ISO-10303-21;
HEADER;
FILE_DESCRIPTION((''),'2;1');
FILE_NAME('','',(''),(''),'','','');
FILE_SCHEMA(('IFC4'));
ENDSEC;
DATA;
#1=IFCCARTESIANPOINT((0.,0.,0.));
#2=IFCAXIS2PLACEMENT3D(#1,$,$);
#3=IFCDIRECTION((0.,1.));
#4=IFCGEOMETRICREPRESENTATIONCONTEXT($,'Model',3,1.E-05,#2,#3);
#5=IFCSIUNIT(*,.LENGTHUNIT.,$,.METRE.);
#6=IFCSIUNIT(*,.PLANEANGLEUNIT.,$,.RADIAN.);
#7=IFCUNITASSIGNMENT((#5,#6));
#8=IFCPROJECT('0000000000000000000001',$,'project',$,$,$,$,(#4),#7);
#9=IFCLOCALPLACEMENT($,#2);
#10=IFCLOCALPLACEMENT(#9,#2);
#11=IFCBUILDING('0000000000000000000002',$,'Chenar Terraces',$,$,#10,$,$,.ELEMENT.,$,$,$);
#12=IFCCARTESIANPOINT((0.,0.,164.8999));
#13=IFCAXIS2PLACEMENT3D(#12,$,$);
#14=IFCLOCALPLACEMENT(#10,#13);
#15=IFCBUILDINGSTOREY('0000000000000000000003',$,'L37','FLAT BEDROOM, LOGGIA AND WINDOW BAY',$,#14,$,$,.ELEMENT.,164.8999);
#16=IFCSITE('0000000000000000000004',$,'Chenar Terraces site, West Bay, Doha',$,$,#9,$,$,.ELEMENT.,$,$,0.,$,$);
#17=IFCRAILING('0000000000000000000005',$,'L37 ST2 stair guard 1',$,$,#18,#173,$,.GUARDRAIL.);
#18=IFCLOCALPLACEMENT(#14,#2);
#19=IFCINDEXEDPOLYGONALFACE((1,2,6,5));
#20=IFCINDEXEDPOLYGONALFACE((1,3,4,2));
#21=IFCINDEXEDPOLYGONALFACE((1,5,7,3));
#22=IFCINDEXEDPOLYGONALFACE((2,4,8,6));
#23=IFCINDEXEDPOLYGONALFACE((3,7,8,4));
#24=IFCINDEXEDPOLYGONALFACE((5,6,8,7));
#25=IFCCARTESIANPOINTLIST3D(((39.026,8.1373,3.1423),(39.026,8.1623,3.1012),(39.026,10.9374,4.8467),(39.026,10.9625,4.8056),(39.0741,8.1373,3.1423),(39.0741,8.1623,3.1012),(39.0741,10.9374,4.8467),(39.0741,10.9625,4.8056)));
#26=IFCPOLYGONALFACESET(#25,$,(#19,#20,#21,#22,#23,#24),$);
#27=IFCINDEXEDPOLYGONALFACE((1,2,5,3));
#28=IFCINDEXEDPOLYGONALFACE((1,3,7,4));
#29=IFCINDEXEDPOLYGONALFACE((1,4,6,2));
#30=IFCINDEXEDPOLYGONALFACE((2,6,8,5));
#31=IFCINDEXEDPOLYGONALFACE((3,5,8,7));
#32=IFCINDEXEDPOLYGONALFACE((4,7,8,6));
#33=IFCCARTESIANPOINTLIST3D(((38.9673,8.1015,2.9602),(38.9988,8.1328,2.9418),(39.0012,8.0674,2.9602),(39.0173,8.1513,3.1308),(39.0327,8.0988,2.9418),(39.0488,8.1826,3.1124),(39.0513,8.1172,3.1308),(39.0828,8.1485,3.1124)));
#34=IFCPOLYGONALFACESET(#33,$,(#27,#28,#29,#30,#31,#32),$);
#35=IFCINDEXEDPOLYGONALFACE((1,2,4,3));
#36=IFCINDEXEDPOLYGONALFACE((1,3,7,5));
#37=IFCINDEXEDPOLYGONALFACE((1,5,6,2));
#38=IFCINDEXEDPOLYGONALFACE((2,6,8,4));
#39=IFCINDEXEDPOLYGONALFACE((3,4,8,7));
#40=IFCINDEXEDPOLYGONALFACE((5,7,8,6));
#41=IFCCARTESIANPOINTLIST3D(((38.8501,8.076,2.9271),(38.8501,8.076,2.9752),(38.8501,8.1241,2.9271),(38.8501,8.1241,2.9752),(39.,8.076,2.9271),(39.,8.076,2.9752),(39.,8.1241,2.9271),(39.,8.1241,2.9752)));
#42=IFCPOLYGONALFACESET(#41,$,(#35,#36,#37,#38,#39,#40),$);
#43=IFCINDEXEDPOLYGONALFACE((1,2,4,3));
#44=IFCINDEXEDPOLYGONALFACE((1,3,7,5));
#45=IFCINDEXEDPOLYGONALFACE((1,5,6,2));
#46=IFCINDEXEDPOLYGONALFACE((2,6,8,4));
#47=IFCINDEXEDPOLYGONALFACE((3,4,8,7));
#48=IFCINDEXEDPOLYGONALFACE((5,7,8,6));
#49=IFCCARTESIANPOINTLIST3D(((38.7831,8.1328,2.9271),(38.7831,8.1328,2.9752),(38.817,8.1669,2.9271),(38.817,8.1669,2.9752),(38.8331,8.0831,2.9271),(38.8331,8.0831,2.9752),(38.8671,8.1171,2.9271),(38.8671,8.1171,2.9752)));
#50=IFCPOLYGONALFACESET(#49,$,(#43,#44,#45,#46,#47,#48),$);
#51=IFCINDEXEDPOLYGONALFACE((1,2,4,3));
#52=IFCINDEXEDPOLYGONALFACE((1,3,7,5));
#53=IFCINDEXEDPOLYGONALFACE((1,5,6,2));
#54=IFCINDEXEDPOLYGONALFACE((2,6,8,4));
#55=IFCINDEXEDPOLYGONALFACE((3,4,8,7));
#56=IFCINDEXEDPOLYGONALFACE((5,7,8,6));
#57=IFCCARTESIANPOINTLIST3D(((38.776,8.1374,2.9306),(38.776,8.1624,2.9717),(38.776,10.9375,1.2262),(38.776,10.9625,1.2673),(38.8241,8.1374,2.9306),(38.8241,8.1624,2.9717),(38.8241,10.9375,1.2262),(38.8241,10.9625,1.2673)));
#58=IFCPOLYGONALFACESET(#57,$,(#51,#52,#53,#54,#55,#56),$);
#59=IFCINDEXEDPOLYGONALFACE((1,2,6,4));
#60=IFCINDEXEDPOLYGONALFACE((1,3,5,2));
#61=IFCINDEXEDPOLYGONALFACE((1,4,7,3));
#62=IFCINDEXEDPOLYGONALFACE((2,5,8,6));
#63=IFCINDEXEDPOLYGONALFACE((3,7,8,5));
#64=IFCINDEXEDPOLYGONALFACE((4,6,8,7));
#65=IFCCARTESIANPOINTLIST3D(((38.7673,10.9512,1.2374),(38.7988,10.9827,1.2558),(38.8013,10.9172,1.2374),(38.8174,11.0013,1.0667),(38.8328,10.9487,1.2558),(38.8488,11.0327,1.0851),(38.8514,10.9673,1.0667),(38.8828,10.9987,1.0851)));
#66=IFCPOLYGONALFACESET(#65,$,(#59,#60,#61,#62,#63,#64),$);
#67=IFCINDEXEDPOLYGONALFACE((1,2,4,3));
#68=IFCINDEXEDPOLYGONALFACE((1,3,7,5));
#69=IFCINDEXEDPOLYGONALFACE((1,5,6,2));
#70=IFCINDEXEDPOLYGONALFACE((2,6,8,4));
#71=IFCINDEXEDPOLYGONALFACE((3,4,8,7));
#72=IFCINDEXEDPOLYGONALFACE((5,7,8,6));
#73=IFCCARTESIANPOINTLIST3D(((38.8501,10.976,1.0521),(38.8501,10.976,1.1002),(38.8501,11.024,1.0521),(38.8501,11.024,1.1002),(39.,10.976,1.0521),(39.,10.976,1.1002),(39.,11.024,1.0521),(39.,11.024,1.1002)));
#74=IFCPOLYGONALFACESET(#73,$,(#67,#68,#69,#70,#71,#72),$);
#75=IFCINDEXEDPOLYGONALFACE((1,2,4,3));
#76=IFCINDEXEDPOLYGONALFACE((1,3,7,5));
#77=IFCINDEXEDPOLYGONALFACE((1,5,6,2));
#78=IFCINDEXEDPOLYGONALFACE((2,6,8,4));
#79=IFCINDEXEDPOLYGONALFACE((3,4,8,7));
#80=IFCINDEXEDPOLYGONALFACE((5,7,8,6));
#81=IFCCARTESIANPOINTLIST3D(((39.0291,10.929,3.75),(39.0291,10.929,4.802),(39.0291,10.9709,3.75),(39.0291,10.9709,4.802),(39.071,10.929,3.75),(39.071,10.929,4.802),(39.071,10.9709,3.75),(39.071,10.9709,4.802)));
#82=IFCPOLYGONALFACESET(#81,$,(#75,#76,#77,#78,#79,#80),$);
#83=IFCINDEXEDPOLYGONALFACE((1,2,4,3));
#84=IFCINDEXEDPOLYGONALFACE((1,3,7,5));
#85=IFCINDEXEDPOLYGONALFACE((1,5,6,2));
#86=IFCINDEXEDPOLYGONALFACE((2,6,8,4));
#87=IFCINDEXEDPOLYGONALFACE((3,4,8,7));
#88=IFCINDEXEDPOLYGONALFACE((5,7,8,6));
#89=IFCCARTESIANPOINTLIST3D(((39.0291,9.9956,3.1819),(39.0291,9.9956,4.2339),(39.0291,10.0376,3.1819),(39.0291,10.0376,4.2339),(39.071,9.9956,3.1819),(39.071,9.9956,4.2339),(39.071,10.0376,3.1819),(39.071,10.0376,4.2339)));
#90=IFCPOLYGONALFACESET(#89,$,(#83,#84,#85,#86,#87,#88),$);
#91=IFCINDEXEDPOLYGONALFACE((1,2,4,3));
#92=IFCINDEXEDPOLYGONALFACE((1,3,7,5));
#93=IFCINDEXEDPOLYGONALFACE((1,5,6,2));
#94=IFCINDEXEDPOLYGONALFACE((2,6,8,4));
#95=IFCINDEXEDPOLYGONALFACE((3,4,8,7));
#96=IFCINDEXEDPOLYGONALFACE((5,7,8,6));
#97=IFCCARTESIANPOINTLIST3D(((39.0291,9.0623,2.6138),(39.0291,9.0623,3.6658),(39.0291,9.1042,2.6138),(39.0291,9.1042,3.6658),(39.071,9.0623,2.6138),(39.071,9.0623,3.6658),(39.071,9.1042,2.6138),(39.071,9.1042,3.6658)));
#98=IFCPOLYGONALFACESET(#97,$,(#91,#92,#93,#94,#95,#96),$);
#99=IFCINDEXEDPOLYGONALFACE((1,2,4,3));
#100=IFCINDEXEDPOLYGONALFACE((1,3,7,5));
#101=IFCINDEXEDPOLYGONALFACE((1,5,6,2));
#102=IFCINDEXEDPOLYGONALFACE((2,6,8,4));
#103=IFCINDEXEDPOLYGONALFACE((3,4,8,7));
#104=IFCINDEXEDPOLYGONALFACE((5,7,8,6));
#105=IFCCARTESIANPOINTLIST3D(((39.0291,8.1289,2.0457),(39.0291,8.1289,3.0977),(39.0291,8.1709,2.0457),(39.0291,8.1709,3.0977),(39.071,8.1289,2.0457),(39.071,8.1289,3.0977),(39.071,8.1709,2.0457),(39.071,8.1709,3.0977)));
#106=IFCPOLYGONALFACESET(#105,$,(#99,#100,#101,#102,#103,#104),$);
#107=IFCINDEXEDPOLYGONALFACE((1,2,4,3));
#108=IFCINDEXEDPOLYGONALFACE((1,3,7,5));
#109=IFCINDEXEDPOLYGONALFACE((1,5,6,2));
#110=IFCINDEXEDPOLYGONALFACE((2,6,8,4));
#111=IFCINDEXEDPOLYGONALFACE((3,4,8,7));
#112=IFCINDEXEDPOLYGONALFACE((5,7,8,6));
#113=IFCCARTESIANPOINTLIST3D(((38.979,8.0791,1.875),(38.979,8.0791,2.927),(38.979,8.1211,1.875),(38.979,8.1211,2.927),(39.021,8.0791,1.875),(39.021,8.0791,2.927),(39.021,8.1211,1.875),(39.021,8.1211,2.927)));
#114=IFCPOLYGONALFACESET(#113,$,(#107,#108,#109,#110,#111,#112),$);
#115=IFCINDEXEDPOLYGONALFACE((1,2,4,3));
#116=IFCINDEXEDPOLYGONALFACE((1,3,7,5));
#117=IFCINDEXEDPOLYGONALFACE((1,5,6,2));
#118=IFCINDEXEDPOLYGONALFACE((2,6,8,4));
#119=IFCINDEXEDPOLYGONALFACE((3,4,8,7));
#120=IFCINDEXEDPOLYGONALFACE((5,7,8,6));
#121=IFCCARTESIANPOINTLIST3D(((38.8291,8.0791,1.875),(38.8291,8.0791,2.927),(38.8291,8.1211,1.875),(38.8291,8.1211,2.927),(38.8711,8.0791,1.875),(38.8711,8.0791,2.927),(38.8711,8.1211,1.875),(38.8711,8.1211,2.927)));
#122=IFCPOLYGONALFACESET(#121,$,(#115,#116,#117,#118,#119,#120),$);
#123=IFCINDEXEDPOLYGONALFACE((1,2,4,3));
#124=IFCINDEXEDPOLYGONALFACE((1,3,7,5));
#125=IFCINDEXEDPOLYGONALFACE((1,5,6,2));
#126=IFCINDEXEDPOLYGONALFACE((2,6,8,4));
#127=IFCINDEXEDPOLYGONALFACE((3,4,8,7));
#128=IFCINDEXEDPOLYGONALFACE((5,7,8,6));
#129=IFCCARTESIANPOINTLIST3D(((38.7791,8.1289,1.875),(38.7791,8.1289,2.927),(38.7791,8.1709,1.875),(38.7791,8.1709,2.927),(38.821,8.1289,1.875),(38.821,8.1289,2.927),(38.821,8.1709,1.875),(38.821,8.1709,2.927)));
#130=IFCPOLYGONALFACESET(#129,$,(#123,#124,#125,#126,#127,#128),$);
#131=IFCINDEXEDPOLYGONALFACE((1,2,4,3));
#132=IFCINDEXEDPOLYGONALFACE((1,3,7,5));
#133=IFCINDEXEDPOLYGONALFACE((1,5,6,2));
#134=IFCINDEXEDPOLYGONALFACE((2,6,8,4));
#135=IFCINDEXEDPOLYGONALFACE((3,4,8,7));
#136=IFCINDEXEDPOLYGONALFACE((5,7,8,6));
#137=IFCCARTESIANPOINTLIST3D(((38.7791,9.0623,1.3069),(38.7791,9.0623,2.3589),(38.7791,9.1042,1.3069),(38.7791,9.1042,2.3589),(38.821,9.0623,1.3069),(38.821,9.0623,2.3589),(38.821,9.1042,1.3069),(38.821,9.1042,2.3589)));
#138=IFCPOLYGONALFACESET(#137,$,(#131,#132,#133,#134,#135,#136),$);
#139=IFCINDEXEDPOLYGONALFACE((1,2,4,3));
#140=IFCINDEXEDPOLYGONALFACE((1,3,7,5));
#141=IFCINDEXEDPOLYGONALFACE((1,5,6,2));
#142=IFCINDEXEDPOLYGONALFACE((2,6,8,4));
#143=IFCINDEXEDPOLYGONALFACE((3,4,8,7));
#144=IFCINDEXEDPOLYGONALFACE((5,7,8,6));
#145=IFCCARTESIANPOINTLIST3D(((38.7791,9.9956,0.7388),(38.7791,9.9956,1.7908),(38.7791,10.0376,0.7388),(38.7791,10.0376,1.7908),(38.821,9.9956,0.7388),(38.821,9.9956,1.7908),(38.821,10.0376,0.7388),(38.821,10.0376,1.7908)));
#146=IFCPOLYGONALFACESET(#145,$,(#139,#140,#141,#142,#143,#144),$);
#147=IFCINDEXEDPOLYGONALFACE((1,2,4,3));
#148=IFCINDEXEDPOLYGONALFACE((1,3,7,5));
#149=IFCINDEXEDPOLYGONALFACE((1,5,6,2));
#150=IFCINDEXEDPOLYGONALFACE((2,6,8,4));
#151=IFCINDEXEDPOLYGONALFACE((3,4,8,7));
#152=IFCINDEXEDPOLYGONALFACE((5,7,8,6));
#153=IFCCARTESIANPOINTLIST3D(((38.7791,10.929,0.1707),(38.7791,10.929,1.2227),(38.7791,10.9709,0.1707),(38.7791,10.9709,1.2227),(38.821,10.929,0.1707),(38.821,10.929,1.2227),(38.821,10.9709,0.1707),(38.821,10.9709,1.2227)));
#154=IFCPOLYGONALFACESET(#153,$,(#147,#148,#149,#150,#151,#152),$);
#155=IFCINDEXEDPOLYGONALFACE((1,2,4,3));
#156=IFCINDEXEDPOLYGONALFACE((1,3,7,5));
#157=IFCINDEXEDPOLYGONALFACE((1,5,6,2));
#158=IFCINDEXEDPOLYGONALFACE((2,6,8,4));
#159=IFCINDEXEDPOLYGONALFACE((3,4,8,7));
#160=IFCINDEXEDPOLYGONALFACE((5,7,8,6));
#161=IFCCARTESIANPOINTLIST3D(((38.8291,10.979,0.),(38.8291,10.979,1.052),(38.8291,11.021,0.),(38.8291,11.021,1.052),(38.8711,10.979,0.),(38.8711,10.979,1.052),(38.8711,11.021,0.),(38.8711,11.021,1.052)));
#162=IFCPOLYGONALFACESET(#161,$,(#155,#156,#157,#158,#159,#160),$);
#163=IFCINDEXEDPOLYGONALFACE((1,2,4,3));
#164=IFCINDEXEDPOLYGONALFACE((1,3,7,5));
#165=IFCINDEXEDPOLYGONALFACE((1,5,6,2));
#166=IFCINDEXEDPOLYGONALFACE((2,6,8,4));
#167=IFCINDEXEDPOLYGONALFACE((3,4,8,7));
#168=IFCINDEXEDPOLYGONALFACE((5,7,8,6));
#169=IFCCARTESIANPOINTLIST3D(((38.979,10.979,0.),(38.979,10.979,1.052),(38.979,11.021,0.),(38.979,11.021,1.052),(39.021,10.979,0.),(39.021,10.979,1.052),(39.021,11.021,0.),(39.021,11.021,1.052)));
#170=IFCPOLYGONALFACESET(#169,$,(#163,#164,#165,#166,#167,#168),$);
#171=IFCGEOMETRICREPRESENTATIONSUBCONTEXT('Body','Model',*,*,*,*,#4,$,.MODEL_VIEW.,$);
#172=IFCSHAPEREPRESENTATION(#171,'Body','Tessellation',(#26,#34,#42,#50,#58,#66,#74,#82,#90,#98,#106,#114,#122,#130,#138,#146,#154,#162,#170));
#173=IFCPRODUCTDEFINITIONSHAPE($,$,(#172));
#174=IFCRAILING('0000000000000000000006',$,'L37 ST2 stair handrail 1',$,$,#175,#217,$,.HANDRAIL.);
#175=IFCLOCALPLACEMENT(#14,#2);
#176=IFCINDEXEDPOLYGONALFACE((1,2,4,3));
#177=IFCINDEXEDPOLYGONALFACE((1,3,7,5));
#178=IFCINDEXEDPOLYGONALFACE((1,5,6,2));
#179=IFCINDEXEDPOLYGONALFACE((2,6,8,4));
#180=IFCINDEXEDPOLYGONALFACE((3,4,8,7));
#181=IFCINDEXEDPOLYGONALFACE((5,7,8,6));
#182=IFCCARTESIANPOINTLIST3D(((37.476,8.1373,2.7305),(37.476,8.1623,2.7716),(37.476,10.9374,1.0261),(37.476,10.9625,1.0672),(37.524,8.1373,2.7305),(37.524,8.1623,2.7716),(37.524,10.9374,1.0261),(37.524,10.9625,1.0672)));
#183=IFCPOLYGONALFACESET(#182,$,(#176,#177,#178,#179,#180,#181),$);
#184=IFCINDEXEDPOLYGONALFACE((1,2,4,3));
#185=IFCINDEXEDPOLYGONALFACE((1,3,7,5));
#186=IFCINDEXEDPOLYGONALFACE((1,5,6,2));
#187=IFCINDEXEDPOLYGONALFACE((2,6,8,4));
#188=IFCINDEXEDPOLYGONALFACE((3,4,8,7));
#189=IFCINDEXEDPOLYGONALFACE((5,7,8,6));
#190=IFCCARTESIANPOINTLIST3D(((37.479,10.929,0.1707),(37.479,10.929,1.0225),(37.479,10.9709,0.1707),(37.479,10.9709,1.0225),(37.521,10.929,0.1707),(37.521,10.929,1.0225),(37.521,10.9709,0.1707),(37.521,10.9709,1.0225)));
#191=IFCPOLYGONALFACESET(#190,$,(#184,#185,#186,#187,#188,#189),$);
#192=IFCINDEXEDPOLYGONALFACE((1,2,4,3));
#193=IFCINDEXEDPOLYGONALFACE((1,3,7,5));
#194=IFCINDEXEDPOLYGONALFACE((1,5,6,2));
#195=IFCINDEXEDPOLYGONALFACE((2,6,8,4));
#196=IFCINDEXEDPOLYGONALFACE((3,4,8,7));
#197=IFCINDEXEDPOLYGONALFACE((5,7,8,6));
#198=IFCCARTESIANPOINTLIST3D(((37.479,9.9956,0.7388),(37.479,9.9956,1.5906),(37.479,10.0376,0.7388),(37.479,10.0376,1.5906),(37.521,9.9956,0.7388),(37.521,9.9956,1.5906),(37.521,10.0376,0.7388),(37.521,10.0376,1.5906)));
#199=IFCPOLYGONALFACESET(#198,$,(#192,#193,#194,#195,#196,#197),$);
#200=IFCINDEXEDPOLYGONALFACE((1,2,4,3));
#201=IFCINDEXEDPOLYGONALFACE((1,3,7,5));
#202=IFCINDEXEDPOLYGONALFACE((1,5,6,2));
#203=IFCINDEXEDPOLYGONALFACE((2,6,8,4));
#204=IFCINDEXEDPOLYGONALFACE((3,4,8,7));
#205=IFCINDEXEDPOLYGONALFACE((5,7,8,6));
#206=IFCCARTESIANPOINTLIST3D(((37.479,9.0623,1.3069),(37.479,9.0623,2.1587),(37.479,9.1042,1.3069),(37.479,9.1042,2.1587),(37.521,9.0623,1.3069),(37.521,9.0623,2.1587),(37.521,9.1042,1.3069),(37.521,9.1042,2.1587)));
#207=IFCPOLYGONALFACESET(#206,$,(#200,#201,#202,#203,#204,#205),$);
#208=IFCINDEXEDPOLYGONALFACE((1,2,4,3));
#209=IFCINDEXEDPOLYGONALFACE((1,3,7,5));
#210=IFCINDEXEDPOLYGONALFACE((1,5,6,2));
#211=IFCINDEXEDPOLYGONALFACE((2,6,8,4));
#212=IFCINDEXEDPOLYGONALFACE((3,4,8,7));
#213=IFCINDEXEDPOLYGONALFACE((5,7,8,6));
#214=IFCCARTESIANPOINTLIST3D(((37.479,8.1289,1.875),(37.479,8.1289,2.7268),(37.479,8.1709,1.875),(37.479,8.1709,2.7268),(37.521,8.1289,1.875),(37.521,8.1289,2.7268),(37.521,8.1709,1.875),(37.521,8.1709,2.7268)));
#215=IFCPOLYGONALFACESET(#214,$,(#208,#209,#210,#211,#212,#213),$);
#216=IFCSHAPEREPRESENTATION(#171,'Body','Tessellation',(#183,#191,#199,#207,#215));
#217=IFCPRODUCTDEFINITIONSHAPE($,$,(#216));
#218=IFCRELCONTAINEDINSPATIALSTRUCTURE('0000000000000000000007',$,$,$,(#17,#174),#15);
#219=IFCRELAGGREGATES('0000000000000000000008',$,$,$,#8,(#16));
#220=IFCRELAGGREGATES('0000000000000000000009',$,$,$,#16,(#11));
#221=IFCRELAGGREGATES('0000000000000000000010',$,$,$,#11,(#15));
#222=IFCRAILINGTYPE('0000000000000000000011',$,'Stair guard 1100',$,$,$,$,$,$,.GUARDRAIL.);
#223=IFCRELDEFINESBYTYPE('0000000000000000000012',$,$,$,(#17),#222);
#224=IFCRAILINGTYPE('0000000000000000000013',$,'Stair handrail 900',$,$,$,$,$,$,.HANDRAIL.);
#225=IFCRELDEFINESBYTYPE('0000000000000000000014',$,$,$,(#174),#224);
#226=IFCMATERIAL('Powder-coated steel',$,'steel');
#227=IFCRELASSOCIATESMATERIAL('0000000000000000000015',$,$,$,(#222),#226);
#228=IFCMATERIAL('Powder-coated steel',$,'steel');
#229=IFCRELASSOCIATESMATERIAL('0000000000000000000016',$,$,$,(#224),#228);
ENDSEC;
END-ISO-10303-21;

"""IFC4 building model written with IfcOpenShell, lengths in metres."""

from ifc_helpers import new_model, si_unit, direction, frame, origin, origin_2d, place, context, subcontext, project, spatial, rectangle, extrude, material, type_object, element, save


model = new_model("IFC4")

# Units and contexts
model_context = context("Model", 3, precision=1e-05, world=origin(), true_north=direction((0.0, 1.0)))
body_context = subcontext(model_context, "Body", "Model", "MODEL_VIEW")
ifc_project = project(units=[si_unit("LENGTHUNIT", "METRE"), si_unit("PLANEANGLEUNIT", "RADIAN")], contexts=[model_context])

# Site, building, storey
site_placement = place(None, origin())
site = spatial("IfcSite", under=ifc_project, at=site_placement, Name="Chenar Terraces site, West Bay, Doha", CompositionType="ELEMENT", RefElevation=0.0)
building_placement = place(site_placement, origin())
building = spatial("IfcBuilding", under=site, at=building_placement, Name="Chenar Terraces", CompositionType="ELEMENT")
storey_placement = place(building_placement, frame((0.0, 0.0, 164.8999)))
storey = spatial("IfcBuildingStorey", under=building, at=storey_placement, Name="L37", Description="FLAT BEDROOM, LOGGIA AND WINDOW BAY", CompositionType="ELEMENT", Elevation=164.8999)

# Railings
ifc_material_1 = material(Name="Powder-coated steel", Category="steel")
railing_type_1 = type_object("IfcRailingType", Name="Stair guard 1100", PredefinedType="GUARDRAIL", material=ifc_material_1)
railing_1_placement = place(storey_placement, frame((39.05, 10.95, 3.75)))
element("IfcRailing", 1, at=railing_1_placement, inside=storey, type_object=railing_type_1, Name="L37 ST2 stair guard 1", PredefinedType="GUARDRAIL", context=body_context, shape_type="SweptSolid", body=[
    extrude(rectangle(XDim=0.0481, YDim=0.0481, at=origin_2d()), frame((0.0, 0.0, 1.0762), z_axis=(0.0, -0.854203, -0.51994), x_axis=(1.0, 0.0, 0.0)), (0.0, 0.0, 1.0), 3.2781),
    extrude(rectangle(XDim=0.0481, YDim=0.0481, at=origin_2d()), frame((0.0, -2.8, -0.6284), z_axis=(-0.270997, -0.269675, -0.924033), x_axis=(0.705376, -0.708834, 0.0)), (0.0, 0.0, 1.0), 0.1846),
    extrude(rectangle(XDim=0.0481, YDim=0.0481, at=origin_2d()), frame((-0.05, -2.8499, -0.7988), z_axis=(-1.0, 0.0, 0.0), x_axis=(0.0, -1.0, 0.0)), (0.0, 0.0, 1.0), 0.1499),
    extrude(rectangle(XDim=0.0481, YDim=0.0481, at=origin_2d()), frame((-0.2, -2.8499, -0.7988), z_axis=(-0.708834, 0.705376, 0.0), x_axis=(-0.705376, -0.708834, 0.0)), (0.0, 0.0, 1.0), 0.0706),
    extrude(rectangle(XDim=0.0481, YDim=0.0481, at=origin_2d()), frame((-0.25, -2.8, -0.7988), z_axis=(0.0, 0.854203, -0.51994), x_axis=(-1.0, 0.0, 0.0)), (0.0, 0.0, 1.0), 3.2781),
    extrude(rectangle(XDim=0.0481, YDim=0.0481, at=origin_2d()), frame((-0.25, 0.0, -2.5034), z_axis=(0.2709, 0.2709, -0.923703), x_axis=(-0.707107, 0.707107, 0.0)), (0.0, 0.0, 1.0), 0.1848),
    extrude(rectangle(XDim=0.0481, YDim=0.0481, at=origin_2d()), frame((-0.2, 0.05, -2.6738), z_axis=(1.0, 0.0, 0.0), x_axis=(0.0, 1.0, 0.0)), (0.0, 0.0, 1.0), 0.1499),
    extrude(rectangle(XDim=0.042, YDim=0.042, at=origin_2d()), origin(), (0.0, 0.0, 1.0), 1.052),
    extrude(rectangle(XDim=0.042, YDim=0.042, at=origin_2d()), frame((0.0, -0.9333, -0.5681)), (0.0, 0.0, 1.0), 1.052),
    extrude(rectangle(XDim=0.042, YDim=0.042, at=origin_2d()), frame((0.0, -1.8667, -1.1362)), (0.0, 0.0, 1.0), 1.052),
    extrude(rectangle(XDim=0.042, YDim=0.042, at=origin_2d()), frame((0.0, -2.8, -1.7043)), (0.0, 0.0, 1.0), 1.052),
    extrude(rectangle(XDim=0.042, YDim=0.042, at=origin_2d()), frame((-0.05, -2.8499, -1.875)), (0.0, 0.0, 1.0), 1.052),
    extrude(rectangle(XDim=0.042, YDim=0.042, at=origin_2d()), frame((-0.2, -2.8499, -1.875)), (0.0, 0.0, 1.0), 1.052),
    extrude(rectangle(XDim=0.042, YDim=0.042, at=origin_2d()), frame((-0.25, -2.8, -1.875)), (0.0, 0.0, 1.0), 1.052),
    extrude(rectangle(XDim=0.042, YDim=0.042, at=origin_2d()), frame((-0.25, -1.8667, -2.4431)), (0.0, 0.0, 1.0), 1.052),
    extrude(rectangle(XDim=0.042, YDim=0.042, at=origin_2d()), frame((-0.25, -0.9333, -3.0112)), (0.0, 0.0, 1.0), 1.052),
    extrude(rectangle(XDim=0.042, YDim=0.042, at=origin_2d()), frame((-0.25, 0.0, -3.5793)), (0.0, 0.0, 1.0), 1.052),
    extrude(rectangle(XDim=0.042, YDim=0.042, at=origin_2d()), frame((-0.2, 0.05, -3.75)), (0.0, 0.0, 1.0), 1.052),
    extrude(rectangle(XDim=0.042, YDim=0.042, at=origin_2d()), frame((-0.05, 0.05, -3.75)), (0.0, 0.0, 1.0), 1.052),
])
ifc_material_2 = material(Name="Powder-coated steel", Category="steel")
railing_type_2 = type_object("IfcRailingType", Name="Stair handrail 900", PredefinedType="HANDRAIL", material=ifc_material_2)
railing_2_placement = place(storey_placement, frame((37.5, 10.95, 0.1707)))
element("IfcRailing", 2, at=railing_2_placement, inside=storey, type_object=railing_type_2, Name="L37 ST2 stair handrail 1", PredefinedType="HANDRAIL", context=body_context, shape_type="SweptSolid", body=[
    extrude(rectangle(XDim=0.0481, YDim=0.0481, at=origin_2d()), frame((0.0, 0.0, 0.876), z_axis=(0.0, -0.854203, 0.51994), x_axis=(1.0, 0.0, 0.0)), (0.0, 0.0, 1.0), 3.2781),
    extrude(rectangle(XDim=0.042, YDim=0.042, at=origin_2d()), origin(), (0.0, 0.0, 1.0), 0.8518),
    extrude(rectangle(XDim=0.042, YDim=0.042, at=origin_2d()), frame((0.0, -0.9333, 0.5681)), (0.0, 0.0, 1.0), 0.8518),
    extrude(rectangle(XDim=0.042, YDim=0.042, at=origin_2d()), frame((0.0, -1.8667, 1.1362)), (0.0, 0.0, 1.0), 0.8518),
    extrude(rectangle(XDim=0.042, YDim=0.042, at=origin_2d()), frame((0.0, -2.8, 1.7043)), (0.0, 0.0, 1.0), 0.8518),
])

save(model, "model.ifc")
